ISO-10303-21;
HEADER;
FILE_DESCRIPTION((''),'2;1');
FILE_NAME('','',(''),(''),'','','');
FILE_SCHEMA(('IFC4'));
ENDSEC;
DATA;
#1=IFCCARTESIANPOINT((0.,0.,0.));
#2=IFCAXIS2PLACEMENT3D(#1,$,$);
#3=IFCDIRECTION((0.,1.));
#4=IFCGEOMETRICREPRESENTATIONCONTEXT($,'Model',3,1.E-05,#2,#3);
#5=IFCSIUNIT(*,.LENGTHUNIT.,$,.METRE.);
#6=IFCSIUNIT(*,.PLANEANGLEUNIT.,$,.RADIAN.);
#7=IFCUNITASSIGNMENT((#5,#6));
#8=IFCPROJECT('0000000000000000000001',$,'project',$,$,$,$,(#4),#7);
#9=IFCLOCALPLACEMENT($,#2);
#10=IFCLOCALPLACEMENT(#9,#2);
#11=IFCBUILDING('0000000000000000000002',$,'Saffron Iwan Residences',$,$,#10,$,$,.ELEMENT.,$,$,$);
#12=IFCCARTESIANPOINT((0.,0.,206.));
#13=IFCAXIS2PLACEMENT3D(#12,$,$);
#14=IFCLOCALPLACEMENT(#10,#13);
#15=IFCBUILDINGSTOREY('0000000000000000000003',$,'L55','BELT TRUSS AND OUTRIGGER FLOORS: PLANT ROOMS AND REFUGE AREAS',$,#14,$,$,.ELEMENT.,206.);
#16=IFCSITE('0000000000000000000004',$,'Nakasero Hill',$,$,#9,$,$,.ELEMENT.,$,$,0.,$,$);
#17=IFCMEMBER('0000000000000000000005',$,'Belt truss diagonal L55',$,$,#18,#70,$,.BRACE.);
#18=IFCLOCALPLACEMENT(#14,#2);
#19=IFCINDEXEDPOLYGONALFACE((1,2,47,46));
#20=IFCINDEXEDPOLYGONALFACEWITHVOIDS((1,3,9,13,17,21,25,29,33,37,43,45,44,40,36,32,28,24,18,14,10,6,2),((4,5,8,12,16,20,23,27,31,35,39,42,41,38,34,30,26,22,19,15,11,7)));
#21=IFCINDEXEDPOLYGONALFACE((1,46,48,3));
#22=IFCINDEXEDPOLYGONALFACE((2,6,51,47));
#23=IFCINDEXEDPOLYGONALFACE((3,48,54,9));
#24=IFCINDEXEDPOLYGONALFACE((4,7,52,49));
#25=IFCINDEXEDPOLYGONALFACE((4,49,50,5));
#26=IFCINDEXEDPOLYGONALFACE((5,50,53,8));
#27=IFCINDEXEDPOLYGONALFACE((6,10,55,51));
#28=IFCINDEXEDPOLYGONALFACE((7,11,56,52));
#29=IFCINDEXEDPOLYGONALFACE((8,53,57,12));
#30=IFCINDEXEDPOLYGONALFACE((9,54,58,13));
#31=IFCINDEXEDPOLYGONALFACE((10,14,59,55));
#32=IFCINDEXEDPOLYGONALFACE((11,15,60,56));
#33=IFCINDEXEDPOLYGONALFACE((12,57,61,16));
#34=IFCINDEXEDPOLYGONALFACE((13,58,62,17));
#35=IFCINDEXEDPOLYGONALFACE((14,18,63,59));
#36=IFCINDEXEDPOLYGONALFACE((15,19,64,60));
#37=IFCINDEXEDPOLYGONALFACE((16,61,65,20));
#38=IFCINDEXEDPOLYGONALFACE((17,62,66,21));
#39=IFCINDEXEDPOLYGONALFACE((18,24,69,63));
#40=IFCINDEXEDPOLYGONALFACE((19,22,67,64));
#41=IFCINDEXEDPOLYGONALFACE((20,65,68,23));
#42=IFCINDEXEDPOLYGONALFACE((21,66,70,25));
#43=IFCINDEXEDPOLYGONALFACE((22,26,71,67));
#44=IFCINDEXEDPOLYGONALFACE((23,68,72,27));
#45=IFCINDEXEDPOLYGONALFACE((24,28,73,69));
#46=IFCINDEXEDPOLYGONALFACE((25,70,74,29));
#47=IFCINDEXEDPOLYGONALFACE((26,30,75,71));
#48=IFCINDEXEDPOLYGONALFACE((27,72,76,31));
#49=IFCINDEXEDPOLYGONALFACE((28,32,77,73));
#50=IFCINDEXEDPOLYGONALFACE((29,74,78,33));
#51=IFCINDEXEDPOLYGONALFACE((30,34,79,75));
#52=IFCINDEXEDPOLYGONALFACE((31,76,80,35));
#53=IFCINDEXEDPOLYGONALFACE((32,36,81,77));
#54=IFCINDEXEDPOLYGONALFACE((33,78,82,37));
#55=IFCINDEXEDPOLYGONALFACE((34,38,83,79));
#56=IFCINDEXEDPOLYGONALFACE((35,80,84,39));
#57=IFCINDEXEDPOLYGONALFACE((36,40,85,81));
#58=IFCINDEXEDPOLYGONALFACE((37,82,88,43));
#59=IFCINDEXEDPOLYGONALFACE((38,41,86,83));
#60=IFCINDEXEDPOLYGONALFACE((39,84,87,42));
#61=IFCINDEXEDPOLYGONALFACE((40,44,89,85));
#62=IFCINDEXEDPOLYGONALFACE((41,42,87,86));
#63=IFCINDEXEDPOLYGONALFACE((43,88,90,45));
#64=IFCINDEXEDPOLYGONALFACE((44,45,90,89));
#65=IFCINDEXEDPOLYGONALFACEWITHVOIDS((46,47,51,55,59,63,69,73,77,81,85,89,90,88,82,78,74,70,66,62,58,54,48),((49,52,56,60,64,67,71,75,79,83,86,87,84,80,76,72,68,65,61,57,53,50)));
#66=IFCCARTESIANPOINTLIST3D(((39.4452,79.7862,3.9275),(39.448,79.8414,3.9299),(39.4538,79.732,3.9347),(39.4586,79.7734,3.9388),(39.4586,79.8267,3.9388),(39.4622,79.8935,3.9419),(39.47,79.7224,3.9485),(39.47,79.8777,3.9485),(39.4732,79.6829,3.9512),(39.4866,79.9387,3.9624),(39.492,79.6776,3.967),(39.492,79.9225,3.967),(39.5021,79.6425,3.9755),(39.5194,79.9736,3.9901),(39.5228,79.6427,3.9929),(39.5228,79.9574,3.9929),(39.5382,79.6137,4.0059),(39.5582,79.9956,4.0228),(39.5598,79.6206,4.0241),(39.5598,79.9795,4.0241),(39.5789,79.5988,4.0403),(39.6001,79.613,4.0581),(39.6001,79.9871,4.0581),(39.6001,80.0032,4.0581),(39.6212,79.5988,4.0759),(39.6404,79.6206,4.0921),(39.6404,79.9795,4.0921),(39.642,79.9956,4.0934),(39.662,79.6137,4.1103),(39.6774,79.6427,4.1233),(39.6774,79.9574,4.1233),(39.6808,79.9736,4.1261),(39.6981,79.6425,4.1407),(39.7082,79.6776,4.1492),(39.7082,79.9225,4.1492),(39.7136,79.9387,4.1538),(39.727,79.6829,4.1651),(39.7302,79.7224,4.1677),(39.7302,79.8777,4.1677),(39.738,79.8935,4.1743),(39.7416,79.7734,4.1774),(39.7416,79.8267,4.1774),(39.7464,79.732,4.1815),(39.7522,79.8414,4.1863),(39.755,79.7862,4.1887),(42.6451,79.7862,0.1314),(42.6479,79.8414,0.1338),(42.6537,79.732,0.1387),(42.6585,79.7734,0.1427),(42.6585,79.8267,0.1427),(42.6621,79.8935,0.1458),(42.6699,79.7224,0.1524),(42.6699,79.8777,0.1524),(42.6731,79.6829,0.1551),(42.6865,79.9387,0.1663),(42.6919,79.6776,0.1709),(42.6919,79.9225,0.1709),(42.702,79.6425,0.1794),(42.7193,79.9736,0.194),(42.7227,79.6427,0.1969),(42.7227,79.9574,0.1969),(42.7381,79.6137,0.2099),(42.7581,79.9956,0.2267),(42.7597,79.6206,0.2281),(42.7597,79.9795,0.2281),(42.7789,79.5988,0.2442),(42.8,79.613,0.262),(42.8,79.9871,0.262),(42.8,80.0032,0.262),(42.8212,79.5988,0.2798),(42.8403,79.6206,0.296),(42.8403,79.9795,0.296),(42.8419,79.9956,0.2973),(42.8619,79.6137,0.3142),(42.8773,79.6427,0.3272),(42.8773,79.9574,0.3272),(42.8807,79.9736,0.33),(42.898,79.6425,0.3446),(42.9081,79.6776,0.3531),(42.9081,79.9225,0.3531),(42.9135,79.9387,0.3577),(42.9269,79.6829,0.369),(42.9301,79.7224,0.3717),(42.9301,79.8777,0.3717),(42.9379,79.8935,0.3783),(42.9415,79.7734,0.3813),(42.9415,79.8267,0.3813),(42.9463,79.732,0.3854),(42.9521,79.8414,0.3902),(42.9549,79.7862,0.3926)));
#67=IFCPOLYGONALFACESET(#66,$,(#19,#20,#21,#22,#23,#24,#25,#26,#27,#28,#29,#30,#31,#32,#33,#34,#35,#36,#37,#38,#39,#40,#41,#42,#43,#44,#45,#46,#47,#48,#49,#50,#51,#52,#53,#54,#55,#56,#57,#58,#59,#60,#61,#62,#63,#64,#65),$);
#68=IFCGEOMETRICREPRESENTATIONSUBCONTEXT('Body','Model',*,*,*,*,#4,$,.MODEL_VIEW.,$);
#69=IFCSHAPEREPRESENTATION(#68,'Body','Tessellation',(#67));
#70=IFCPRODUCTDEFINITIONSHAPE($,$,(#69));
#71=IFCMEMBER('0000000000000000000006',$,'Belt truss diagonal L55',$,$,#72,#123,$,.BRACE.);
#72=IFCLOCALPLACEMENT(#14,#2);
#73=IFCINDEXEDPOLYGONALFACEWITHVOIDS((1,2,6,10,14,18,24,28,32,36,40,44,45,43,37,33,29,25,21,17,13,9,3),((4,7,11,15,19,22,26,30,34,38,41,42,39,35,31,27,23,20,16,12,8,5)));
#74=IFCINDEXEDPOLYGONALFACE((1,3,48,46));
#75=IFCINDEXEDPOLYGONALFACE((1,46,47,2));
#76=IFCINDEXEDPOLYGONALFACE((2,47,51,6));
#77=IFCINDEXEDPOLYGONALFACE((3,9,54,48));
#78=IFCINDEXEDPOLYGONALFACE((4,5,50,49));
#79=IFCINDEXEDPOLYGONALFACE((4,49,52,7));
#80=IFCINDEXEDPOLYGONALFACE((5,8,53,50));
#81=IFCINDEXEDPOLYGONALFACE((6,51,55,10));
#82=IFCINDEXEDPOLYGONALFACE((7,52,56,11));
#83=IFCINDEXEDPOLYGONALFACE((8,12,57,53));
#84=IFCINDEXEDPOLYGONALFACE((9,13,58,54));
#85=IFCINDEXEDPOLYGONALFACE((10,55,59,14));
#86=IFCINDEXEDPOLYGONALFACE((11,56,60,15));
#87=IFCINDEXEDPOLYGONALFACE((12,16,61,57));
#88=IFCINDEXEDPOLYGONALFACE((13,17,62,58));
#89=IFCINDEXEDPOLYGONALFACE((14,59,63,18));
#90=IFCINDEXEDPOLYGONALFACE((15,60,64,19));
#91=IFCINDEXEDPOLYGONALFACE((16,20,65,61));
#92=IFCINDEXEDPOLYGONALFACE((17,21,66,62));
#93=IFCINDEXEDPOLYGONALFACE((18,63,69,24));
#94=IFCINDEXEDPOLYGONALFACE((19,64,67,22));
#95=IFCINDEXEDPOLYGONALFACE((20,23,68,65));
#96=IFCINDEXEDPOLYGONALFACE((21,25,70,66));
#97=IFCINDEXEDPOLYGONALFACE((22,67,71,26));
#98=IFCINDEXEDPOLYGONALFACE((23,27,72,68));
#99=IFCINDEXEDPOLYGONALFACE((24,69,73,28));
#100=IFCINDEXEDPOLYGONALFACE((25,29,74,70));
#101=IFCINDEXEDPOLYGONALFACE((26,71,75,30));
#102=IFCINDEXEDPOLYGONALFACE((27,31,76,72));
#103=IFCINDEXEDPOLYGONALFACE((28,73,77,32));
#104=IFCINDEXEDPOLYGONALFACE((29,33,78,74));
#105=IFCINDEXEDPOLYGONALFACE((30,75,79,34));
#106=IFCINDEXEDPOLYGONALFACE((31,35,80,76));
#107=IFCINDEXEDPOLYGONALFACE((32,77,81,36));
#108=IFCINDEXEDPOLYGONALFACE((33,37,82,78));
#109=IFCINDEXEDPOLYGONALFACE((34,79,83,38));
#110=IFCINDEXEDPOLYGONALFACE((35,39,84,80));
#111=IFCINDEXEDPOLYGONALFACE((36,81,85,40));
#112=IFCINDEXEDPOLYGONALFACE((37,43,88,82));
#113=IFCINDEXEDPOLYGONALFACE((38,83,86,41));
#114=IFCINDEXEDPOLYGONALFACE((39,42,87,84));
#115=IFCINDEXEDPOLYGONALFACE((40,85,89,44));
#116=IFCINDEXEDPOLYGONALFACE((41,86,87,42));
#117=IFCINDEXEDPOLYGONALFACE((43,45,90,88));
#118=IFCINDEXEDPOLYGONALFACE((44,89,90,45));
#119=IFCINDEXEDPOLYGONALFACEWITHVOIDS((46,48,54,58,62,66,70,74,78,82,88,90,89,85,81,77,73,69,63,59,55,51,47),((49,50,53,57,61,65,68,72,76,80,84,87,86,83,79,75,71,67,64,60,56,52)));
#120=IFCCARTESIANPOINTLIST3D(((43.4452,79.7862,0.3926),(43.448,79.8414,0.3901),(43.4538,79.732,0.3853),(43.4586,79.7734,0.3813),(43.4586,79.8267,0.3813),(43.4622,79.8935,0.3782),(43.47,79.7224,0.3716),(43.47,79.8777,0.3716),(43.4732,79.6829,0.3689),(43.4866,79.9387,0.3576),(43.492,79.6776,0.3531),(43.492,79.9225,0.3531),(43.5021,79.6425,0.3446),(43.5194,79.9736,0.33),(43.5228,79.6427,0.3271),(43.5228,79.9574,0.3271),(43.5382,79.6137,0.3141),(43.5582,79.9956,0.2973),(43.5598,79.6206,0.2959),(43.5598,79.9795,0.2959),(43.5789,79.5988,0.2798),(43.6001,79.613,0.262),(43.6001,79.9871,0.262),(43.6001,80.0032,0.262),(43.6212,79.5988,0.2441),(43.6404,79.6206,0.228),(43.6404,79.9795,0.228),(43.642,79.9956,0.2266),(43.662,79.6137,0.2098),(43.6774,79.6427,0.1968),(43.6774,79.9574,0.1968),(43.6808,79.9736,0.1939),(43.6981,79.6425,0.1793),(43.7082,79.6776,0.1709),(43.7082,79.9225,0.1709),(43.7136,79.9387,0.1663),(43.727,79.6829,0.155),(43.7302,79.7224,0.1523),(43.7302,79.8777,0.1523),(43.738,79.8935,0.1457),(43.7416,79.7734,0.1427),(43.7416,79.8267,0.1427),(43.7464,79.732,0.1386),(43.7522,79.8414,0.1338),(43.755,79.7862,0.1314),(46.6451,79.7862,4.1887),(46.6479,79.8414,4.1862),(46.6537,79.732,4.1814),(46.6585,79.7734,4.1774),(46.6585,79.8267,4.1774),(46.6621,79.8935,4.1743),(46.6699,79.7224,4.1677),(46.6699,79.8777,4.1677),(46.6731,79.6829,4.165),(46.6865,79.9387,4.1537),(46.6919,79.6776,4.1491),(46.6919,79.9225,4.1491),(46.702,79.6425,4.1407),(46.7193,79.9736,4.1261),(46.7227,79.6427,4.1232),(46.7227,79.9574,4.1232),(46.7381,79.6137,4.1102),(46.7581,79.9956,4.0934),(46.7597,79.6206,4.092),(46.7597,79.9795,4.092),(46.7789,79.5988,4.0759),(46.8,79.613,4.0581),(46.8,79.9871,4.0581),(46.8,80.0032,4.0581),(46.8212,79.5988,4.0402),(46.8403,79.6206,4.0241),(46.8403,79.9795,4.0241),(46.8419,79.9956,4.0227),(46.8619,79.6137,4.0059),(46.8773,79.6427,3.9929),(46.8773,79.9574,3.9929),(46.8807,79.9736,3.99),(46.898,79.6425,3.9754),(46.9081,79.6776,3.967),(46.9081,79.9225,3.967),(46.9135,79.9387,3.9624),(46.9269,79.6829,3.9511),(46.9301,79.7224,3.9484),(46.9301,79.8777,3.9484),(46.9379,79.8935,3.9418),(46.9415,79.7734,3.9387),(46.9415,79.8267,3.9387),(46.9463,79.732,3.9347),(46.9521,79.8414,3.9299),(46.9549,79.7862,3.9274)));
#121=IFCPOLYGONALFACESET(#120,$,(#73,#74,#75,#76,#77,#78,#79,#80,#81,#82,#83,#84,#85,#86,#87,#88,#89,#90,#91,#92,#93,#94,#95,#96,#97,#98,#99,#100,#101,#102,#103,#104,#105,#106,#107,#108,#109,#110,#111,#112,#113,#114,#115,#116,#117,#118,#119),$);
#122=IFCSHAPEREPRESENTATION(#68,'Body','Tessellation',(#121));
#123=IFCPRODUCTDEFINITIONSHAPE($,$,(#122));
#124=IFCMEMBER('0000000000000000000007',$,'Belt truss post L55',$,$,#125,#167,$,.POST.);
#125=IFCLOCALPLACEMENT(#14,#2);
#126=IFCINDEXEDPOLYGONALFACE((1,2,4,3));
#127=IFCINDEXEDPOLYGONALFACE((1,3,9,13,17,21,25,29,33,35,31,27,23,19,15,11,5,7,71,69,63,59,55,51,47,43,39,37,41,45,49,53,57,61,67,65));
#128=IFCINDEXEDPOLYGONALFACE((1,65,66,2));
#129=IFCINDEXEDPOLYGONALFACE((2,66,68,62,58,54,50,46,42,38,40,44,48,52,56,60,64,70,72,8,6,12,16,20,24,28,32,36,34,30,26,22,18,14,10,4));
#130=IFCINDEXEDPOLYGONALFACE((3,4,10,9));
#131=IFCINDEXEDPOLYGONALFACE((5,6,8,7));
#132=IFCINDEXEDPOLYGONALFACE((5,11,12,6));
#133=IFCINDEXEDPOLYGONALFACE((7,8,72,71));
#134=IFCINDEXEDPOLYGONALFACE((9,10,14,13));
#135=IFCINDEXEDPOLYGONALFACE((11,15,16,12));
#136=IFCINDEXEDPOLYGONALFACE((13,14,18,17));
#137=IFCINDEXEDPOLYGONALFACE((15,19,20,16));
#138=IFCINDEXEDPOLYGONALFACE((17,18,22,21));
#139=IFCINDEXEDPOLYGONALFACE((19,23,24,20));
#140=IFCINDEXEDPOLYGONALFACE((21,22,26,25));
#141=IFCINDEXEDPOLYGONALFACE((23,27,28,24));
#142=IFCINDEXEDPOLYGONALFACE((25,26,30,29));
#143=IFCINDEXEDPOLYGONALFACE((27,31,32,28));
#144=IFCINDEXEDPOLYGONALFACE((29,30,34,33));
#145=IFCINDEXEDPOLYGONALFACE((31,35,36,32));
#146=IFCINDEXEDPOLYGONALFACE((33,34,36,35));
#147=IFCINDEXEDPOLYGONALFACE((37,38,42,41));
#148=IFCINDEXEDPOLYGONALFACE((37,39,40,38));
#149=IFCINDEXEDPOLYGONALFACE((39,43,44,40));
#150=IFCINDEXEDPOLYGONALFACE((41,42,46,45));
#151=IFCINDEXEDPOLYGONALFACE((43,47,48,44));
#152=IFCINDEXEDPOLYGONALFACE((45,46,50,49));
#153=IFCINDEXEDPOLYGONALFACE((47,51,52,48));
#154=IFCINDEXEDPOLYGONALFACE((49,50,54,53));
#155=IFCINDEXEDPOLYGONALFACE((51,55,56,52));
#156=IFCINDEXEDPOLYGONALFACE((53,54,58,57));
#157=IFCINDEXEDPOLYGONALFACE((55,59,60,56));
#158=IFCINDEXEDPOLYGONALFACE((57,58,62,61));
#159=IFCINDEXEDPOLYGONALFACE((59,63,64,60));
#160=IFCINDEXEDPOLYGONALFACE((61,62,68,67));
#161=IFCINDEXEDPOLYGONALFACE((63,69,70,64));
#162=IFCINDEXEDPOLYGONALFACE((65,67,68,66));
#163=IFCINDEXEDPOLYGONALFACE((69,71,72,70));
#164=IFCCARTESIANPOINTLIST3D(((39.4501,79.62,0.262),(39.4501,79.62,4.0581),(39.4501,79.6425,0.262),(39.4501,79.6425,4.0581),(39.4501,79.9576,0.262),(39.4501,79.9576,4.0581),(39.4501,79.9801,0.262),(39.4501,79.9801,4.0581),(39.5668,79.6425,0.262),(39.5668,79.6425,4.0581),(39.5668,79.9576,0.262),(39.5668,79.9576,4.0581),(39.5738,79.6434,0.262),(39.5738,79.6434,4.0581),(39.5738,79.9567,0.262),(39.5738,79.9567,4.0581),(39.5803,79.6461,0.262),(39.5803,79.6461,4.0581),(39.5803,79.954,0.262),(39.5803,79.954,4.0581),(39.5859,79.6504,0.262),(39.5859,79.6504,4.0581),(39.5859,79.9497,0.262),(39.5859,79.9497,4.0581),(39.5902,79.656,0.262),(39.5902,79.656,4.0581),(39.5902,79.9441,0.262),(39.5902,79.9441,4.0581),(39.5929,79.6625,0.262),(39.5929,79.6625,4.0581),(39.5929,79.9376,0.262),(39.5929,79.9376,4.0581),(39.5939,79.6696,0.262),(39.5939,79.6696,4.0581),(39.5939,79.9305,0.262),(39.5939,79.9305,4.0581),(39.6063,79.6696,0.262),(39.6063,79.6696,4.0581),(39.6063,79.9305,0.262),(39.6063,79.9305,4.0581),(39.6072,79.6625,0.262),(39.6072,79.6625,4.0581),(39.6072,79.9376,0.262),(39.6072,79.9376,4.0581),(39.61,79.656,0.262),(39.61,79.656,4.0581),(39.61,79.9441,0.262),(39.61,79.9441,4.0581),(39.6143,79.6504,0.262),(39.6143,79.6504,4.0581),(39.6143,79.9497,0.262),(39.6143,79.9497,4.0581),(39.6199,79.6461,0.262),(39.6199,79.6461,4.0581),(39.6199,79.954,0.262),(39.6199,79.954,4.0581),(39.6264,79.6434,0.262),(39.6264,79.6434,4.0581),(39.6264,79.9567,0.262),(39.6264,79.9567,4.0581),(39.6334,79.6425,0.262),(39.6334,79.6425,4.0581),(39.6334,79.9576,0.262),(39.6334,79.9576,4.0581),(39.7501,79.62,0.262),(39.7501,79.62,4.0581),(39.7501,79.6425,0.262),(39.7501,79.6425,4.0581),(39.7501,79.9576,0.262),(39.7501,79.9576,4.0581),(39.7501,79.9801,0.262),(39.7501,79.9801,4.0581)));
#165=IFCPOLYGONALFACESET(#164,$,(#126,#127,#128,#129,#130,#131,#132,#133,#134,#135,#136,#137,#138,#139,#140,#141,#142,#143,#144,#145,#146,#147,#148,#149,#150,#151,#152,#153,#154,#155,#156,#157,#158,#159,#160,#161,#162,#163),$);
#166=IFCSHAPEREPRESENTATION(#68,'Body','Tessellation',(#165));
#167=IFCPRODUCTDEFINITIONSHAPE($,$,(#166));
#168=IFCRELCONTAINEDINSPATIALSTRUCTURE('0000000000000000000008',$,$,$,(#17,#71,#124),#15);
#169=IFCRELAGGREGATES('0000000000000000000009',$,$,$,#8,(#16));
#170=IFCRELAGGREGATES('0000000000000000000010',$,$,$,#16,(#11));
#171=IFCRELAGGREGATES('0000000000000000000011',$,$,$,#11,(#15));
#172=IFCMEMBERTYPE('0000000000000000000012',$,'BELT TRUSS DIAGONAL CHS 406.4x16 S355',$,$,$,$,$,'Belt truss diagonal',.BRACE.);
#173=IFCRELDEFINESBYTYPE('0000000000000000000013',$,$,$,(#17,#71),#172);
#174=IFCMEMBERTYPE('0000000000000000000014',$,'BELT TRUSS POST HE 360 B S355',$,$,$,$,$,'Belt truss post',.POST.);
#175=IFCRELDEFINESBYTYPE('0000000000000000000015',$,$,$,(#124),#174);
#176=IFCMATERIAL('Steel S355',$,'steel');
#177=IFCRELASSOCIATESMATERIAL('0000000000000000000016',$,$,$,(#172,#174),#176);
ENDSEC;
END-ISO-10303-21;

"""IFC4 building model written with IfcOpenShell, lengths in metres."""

from ifc_helpers import new_model, si_unit, direction, frame, origin, origin_2d, place, context, subcontext, project, spatial, hollow_circle, i_section, extrude, source, transform, mapped, material, material_profile, profile_set, type_object, element, save


model = new_model("IFC4")

# Units and contexts
model_context = context("Model", 3, precision=1e-05, world=origin(), true_north=direction((0.0, 1.0)))
body_context = subcontext(model_context, "Body", "Model", "MODEL_VIEW")
ifc_project = project(units=[si_unit("LENGTHUNIT", "METRE"), si_unit("PLANEANGLEUNIT", "RADIAN")], contexts=[model_context])

# Site, building, storey
site_placement = place(None, origin())
site = spatial("IfcSite", under=ifc_project, at=site_placement, Name="Nakasero Hill", CompositionType="ELEMENT", RefElevation=0.0)
building_placement = place(site_placement, origin())
building = spatial("IfcBuilding", under=site, at=building_placement, Name="Saffron Iwan Residences", CompositionType="ELEMENT")
storey_placement = place(building_placement, frame((0.0, 0.0, 206.0)))
storey = spatial("IfcBuildingStorey", under=building, at=storey_placement, Name="L55", Description="BELT TRUSS AND OUTRIGGER FLOORS: PLANT ROOMS AND REFUGE AREAS", CompositionType="ELEMENT", Elevation=206.0)

# Members
ifc_material_1 = material(Name="Steel S355", Category="steel")
ifc_material_profile_1 = material_profile(ifc_material_1, hollow_circle(Radius=0.2031, WallThickness=0.0161, at=origin_2d()), Name="CHS 406.4x16")
ifc_profile_set_1 = profile_set([ifc_material_profile_1], Name="Steel S355")
member_type_1 = type_object("IfcMemberType", Name="BELT TRUSS DIAGONAL CHS 406.4x16 S355", ElementType="Belt truss diagonal", PredefinedType="BRACE", material=ifc_profile_set_1)
shared_shape_1 = source(origin(), body_context, "Body", "SweptSolid", [
    extrude(hollow_circle(Radius=0.2031, WallThickness=0.0161, at=origin_2d()), origin(), (0.0, 0.0, 1.0), 4.9648),
])
for number, where, z_axis, x_axis, name in (
    (1, (39.6001, 79.8, 4.0581), (0.644513, 0.0, -0.764594), (0.0, 1.0, 0.0), "Belt truss diagonal L55"),
    (2, (43.6001, 79.8, 0.262), (0.644513, 0.0, 0.764594), (0.0, 1.0, 0.0), "Belt truss diagonal L55"),
):
    element("IfcMember", number, at=place(storey_placement, frame(where, z_axis=z_axis, x_axis=x_axis)), inside=storey, type_object=member_type_1, Name=name, PredefinedType="BRACE", context=body_context, shape_type="MappedRepresentation", body=[
        mapped(shared_shape_1, transform((0.0, 0.0, 0.0))),
    ])
ifc_material_profile_2 = material_profile(ifc_material_1, i_section(OverallWidth=0.3, OverallDepth=0.3601, WebThickness=0.0125, FlangeThickness=0.0225, FilletRadius=0.0271, at=origin_2d()), Name="HE 360 B")
ifc_profile_set_2 = profile_set([ifc_material_profile_2], Name="Steel S355")
member_type_2 = type_object("IfcMemberType", Name="BELT TRUSS POST HE 360 B S355", ElementType="Belt truss post", PredefinedType="POST", material=ifc_profile_set_2)
shared_shape_2 = source(origin(), body_context, "Body", "SweptSolid", [
    extrude(i_section(OverallWidth=0.3, OverallDepth=0.3601, WebThickness=0.0125, FlangeThickness=0.0225, FilletRadius=0.0271, at=origin_2d()), origin(), (0.0, 0.0, 1.0), 3.7961),
])
member_1_placement = place(storey_placement, frame((39.6001, 79.8, 0.262), z_axis=(0.0, 0.0, 1.0), x_axis=(1.0, 0.0, 0.0)))
element("IfcMember", 3, at=member_1_placement, inside=storey, type_object=member_type_2, Name="Belt truss post L55", PredefinedType="POST", context=body_context, shape_type="MappedRepresentation", body=[
    mapped(shared_shape_2, transform((0.0, 0.0, 0.0))),
])

save(model, "model.ifc")
